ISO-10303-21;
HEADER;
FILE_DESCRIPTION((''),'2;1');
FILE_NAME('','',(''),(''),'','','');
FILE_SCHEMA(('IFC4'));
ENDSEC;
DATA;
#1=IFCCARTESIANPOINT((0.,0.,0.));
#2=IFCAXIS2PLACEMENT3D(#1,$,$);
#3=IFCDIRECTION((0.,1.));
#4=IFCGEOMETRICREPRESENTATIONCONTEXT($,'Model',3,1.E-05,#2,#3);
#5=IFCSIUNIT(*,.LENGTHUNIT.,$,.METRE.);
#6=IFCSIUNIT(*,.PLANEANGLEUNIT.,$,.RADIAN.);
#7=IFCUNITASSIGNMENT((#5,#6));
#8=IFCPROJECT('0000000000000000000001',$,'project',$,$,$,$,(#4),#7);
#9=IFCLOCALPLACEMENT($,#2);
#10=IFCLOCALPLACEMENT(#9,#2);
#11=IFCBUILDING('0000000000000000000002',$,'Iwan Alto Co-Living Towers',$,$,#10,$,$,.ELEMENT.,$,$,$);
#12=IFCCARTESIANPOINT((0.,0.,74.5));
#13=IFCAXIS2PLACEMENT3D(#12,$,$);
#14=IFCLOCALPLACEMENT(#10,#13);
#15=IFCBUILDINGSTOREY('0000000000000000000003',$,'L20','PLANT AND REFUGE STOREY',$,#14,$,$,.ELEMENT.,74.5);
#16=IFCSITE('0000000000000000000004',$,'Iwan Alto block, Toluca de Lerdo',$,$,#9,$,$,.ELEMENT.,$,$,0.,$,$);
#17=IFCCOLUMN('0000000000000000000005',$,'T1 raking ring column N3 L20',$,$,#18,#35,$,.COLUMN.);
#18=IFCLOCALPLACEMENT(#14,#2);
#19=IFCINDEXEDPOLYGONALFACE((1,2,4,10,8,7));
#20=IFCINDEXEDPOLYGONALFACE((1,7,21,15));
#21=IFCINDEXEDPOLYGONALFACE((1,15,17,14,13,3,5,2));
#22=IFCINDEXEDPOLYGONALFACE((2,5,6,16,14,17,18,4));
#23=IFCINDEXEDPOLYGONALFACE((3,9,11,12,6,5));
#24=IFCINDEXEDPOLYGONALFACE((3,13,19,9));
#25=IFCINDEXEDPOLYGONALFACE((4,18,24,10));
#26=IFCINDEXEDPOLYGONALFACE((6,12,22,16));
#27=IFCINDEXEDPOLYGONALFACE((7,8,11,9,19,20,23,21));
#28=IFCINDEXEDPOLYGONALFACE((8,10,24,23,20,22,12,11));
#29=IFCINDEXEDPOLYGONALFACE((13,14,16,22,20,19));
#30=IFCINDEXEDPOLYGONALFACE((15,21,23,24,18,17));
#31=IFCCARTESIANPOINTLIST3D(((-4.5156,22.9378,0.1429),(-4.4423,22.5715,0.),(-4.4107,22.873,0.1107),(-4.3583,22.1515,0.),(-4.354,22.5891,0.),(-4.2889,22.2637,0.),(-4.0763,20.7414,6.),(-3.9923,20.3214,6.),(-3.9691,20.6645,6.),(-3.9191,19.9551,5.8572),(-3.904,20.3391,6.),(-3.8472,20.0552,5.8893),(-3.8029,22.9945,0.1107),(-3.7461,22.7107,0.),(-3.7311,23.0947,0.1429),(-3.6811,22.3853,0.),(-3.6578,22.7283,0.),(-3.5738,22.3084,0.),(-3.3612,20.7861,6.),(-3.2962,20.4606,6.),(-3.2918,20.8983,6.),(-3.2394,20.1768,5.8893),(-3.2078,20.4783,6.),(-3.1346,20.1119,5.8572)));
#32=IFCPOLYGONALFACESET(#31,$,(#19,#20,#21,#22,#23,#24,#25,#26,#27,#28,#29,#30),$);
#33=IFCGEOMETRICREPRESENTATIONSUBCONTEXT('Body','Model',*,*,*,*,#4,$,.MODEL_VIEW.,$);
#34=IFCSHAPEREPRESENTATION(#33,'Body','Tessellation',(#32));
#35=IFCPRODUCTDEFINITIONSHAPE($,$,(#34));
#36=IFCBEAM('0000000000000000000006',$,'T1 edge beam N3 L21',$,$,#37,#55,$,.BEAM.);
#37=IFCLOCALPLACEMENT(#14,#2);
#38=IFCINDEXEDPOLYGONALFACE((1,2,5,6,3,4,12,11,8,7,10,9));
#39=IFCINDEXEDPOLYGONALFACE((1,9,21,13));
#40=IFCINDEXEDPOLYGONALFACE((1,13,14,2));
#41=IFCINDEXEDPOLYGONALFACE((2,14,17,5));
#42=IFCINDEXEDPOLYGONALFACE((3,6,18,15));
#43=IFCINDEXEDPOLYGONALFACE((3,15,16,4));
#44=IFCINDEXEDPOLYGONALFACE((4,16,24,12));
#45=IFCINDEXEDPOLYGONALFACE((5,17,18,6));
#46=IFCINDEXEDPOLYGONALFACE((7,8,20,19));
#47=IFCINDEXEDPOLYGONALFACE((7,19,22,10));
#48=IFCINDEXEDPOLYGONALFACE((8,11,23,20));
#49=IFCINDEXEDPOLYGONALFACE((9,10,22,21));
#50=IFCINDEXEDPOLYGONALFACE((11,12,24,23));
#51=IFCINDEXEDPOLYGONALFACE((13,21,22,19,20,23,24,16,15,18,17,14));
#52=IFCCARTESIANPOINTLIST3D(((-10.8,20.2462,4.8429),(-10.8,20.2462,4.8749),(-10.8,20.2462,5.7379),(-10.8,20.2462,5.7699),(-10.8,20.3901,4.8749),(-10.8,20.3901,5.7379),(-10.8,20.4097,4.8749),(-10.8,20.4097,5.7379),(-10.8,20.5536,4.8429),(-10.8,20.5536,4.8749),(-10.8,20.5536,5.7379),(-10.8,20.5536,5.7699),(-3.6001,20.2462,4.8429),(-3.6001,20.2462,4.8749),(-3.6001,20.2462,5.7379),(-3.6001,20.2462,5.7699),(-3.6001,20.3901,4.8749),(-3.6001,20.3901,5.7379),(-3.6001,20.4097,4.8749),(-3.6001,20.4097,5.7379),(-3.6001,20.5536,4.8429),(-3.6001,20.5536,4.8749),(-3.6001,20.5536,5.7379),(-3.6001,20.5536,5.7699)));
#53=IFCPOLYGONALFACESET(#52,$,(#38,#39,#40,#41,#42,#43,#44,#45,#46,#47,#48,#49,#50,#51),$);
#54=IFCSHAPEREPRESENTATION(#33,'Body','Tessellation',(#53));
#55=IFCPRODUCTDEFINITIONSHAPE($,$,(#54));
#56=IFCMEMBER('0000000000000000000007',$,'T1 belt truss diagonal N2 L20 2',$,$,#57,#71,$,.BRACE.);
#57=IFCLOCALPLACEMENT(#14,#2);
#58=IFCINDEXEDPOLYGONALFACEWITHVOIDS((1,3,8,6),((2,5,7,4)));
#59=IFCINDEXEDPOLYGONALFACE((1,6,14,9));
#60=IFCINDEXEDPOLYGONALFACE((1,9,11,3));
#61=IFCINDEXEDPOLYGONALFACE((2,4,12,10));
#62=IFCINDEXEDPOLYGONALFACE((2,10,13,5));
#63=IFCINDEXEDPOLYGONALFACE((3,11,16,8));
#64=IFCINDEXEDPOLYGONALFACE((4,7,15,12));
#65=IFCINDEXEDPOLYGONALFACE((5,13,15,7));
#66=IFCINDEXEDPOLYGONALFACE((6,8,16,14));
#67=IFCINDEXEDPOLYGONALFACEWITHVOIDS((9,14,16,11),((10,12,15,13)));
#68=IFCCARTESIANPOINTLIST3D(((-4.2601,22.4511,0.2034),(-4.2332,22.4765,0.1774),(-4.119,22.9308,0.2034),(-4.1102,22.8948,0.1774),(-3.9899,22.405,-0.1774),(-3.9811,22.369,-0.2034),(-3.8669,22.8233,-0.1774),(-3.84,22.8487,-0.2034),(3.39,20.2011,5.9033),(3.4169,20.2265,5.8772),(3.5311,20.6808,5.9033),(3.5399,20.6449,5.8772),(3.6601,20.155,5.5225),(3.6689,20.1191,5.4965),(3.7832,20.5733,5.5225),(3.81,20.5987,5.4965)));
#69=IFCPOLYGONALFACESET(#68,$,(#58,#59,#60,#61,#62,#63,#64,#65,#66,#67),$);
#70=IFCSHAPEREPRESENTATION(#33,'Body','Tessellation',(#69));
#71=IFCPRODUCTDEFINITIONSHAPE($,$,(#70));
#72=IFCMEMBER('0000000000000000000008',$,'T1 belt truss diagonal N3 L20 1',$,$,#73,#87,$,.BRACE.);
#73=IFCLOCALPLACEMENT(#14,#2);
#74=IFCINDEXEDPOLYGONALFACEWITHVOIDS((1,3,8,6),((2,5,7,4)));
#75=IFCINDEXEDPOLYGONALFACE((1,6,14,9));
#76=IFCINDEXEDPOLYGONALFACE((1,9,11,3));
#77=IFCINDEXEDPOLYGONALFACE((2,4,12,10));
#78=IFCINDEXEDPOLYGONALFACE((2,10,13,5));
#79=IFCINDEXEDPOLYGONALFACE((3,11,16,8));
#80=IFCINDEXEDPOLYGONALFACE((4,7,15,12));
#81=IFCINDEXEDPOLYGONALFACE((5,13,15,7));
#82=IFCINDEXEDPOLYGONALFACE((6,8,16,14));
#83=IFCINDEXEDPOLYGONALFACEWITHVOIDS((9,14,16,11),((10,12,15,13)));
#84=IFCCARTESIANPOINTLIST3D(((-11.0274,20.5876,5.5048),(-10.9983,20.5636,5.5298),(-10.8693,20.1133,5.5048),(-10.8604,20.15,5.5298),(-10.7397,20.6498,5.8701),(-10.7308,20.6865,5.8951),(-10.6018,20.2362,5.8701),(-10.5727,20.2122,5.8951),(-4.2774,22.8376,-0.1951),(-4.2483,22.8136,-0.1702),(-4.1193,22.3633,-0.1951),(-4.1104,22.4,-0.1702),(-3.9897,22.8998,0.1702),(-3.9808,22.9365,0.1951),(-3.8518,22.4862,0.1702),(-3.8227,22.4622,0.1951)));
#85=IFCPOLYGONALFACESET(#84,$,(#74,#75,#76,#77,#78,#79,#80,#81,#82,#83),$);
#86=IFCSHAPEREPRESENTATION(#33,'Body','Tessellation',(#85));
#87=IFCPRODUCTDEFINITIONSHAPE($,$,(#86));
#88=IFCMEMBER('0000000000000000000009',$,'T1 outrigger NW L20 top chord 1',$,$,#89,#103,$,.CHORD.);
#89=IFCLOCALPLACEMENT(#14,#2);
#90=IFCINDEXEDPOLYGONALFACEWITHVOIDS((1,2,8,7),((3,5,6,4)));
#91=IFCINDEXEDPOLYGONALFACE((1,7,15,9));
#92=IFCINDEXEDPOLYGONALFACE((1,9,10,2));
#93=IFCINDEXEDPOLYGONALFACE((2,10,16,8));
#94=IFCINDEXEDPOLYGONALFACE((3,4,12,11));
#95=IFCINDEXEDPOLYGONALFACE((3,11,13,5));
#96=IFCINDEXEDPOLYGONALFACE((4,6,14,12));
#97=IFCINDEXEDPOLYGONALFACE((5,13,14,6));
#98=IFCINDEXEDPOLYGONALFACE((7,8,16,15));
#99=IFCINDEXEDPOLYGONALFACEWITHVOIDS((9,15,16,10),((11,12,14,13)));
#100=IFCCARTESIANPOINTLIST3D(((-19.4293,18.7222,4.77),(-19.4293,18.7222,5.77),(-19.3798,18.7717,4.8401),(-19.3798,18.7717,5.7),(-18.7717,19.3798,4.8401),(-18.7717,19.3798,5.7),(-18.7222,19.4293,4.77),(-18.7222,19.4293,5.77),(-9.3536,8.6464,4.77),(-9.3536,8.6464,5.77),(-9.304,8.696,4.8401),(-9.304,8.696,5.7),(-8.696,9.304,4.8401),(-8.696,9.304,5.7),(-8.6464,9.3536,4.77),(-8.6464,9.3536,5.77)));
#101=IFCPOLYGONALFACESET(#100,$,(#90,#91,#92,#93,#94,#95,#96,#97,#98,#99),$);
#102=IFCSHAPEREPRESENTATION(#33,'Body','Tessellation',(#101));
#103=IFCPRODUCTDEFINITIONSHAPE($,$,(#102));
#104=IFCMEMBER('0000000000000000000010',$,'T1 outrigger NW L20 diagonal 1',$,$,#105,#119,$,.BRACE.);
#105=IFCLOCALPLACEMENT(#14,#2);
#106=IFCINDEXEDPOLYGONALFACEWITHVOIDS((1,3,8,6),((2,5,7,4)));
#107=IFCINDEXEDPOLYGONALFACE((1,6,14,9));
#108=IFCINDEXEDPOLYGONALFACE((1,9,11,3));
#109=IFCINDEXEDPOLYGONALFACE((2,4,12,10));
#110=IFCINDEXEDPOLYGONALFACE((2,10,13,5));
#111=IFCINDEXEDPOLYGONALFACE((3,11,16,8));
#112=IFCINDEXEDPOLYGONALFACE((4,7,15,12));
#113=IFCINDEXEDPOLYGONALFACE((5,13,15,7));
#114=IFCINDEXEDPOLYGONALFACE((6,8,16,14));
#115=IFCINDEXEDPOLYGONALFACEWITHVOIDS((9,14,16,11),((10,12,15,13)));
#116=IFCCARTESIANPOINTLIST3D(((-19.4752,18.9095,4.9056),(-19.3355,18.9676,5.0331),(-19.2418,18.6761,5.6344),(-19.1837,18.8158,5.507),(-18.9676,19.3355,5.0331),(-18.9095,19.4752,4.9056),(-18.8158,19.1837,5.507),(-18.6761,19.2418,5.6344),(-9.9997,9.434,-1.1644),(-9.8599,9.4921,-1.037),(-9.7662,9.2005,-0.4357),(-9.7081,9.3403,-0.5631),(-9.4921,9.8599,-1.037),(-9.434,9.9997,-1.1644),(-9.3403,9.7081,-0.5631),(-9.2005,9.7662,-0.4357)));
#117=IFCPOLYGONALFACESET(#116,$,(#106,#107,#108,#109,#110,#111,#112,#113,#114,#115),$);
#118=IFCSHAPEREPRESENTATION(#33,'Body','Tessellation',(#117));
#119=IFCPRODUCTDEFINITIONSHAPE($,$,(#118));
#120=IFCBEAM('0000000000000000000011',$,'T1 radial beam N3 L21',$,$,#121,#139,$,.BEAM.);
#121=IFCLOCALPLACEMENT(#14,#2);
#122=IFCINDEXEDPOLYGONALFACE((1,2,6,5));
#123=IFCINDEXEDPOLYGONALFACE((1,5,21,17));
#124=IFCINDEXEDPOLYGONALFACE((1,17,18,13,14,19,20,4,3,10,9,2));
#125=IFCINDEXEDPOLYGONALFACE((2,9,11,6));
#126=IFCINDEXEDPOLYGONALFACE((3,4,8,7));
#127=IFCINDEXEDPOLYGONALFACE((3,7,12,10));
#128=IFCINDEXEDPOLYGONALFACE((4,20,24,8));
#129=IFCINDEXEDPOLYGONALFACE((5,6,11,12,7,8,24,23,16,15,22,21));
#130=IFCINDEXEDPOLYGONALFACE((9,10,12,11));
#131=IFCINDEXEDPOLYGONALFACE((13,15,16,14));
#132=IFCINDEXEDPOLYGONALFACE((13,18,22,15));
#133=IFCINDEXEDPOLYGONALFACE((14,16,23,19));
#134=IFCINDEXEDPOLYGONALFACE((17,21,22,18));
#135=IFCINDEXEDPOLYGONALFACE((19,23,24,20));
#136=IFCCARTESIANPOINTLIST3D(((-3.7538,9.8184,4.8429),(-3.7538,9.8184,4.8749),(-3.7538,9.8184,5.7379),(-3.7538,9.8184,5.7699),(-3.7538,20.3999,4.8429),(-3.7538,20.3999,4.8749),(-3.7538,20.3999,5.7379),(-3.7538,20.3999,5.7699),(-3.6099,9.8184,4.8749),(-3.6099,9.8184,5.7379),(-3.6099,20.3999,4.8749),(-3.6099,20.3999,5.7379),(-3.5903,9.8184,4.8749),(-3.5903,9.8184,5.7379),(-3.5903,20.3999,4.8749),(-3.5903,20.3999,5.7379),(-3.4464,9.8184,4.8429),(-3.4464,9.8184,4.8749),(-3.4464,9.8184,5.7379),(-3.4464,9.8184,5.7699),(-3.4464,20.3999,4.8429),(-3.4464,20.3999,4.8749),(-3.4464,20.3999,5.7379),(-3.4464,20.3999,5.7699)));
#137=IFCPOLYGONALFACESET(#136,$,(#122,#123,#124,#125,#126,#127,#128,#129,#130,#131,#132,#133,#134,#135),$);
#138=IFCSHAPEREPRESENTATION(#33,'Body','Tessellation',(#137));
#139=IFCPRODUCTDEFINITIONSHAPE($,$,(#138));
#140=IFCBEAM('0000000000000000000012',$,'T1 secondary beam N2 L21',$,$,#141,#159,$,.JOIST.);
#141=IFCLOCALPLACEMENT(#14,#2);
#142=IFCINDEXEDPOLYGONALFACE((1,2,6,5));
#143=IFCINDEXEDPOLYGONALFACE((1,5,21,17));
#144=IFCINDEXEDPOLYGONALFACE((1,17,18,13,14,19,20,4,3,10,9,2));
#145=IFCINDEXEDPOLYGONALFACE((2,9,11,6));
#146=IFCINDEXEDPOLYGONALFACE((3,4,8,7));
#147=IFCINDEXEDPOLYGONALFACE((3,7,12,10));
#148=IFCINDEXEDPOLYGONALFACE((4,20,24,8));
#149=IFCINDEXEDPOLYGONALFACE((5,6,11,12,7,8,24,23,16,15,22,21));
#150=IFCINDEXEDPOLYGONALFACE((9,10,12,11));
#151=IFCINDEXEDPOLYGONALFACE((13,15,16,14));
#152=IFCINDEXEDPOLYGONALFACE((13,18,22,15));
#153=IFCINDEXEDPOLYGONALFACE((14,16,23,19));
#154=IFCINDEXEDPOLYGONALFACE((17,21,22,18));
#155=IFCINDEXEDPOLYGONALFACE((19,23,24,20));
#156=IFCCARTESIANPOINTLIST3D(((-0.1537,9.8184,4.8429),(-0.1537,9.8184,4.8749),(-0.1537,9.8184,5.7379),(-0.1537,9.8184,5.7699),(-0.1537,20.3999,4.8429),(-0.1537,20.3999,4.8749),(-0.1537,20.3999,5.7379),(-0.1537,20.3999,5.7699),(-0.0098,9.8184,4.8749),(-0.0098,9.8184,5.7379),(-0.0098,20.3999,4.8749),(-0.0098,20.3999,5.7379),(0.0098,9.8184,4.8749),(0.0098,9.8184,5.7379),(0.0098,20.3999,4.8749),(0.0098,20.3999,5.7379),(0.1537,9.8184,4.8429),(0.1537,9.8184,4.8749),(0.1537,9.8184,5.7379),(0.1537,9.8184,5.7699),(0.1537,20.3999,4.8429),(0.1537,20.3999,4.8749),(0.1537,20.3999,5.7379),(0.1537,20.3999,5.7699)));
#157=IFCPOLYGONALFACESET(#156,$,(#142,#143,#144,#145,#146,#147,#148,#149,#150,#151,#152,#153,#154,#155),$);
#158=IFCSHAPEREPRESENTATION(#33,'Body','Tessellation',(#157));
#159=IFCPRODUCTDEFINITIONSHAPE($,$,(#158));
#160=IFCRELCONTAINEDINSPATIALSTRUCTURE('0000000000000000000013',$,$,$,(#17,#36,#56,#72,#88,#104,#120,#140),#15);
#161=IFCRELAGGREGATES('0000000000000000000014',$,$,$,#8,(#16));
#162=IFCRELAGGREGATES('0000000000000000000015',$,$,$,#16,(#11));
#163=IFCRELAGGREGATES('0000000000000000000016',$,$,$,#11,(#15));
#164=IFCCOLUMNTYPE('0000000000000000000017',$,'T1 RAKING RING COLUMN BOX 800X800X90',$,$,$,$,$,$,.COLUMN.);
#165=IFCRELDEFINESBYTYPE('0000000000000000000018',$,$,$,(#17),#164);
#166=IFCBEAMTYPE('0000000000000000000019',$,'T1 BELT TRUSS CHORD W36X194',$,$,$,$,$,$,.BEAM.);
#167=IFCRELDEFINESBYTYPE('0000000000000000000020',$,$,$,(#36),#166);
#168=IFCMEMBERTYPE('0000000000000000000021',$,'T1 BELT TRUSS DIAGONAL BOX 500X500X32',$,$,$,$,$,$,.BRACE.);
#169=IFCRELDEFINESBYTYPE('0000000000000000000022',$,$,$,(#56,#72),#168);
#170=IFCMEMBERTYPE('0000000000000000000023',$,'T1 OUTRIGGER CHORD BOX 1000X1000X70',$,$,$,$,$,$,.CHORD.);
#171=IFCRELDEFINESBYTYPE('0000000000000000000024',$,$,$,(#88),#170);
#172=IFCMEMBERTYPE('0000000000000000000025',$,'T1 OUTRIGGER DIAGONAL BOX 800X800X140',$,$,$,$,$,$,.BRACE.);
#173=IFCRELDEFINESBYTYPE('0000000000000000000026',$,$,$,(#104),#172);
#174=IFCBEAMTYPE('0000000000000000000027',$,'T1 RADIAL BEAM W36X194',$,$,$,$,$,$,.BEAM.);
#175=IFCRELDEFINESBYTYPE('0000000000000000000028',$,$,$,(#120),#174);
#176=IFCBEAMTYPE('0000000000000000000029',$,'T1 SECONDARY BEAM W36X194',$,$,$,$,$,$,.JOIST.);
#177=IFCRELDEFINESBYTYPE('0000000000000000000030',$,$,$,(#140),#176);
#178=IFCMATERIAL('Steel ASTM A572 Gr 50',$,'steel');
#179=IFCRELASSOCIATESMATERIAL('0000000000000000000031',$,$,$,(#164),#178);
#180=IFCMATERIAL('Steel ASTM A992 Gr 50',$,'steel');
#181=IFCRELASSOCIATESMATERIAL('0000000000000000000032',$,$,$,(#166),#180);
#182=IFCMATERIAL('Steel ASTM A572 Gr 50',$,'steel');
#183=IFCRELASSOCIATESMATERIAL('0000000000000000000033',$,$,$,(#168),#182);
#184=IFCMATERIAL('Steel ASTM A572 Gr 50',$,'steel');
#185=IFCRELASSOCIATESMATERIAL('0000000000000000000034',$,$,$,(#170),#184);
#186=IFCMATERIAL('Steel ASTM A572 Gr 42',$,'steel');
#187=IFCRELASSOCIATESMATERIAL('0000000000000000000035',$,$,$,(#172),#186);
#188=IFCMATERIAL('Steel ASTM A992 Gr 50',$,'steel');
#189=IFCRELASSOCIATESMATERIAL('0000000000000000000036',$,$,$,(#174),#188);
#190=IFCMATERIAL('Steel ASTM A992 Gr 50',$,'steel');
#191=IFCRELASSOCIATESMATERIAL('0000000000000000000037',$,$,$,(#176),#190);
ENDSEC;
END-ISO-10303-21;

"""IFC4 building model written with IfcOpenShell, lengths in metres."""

from ifc_helpers import new_model, si_unit, direction, frame, origin, origin_2d, place, context, subcontext, project, spatial, hollow_rectangle, i_section, extrude, clip, halfspace, material, material_profile, profile_set, type_object, element, save


model = new_model("IFC4")

# Units and contexts
model_context = context("Model", 3, precision=1e-05, world=origin(), true_north=direction((0.0, 1.0)))
body_context = subcontext(model_context, "Body", "Model", "MODEL_VIEW")
ifc_project = project(units=[si_unit("LENGTHUNIT", "METRE"), si_unit("PLANEANGLEUNIT", "RADIAN")], contexts=[model_context])

# Site, building, storey
site_placement = place(None, origin())
site = spatial("IfcSite", under=ifc_project, at=site_placement, Name="Iwan Alto block, Toluca de Lerdo", CompositionType="ELEMENT", RefElevation=0.0)
building_placement = place(site_placement, origin())
building = spatial("IfcBuilding", under=site, at=building_placement, Name="Iwan Alto Co-Living Towers", CompositionType="ELEMENT")
storey_placement = place(building_placement, frame((0.0, 0.0, 74.5)))
storey = spatial("IfcBuildingStorey", under=building, at=storey_placement, Name="L20", Description="PLANT AND REFUGE STOREY", CompositionType="ELEMENT", Elevation=74.5)

# Column
ifc_material_1 = material(Name="Steel ASTM A572 Gr 50", Category="steel")
ifc_material_profile_1 = material_profile(ifc_material_1, hollow_rectangle(XDim=0.8, YDim=0.8, WallThickness=0.0901, at=origin_2d()), Name="BOX 800X800X90")
ifc_profile_set_1 = profile_set([ifc_material_profile_1], Name="Steel ASTM A572 Gr 50")
column_type = type_object("IfcColumnType", Name="T1 RAKING RING COLUMN BOX 800X800X90", PredefinedType="COLUMN", material=ifc_profile_set_1)
column_placement = place(storey_placement, frame((-4.05, 22.6499, 0.0), z_axis=(0.070045, -0.350261, 0.934029), x_axis=(0.980585, 0.196096, 0.0)))
element("IfcColumn", 1, at=column_placement, inside=storey, type_object=column_type, Name="T1 raking ring column N3 L20", PredefinedType="COLUMN", context=body_context, shape_type="Clipping", body=[
    clip(clip(extrude(hollow_rectangle(XDim=0.8, YDim=0.8, WallThickness=0.0901, at=origin_2d()), origin(), (0.0, 0.0, 1.0), 6.4238), halfspace(frame((0.0, 0.0, 0.0), z_axis=(0.0, -0.357196, -0.934029), x_axis=(0.980585, -0.183159, 0.070045)), False)), halfspace(frame((0.0, 2.1431, 5.6042), z_axis=(0.0, 0.357196, 0.934029), x_axis=(0.980585, -0.183159, 0.070045)), False)),
])

# Beam
ifc_material_2 = material(Name="Steel ASTM A992 Gr 50", Category="steel")
ifc_material_profile_2 = material_profile(ifc_material_2, i_section(OverallWidth=0.3074, OverallDepth=0.927, WebThickness=0.0195, FlangeThickness=0.032, at=origin_2d()), Name="W36X194")
ifc_profile_set_2 = profile_set([ifc_material_profile_2], Name="Steel ASTM A992 Gr 50")
beam_type_1 = type_object("IfcBeamType", Name="T1 BELT TRUSS CHORD W36X194", PredefinedType="BEAM", material=ifc_profile_set_2)
beam_1_placement = place(storey_placement, frame((-3.6001, 20.3999, 5.3064), z_axis=(-1.0, 0.0, 0.0), x_axis=(0.0, -1.0, 0.0)))
element("IfcBeam", 2, at=beam_1_placement, inside=storey, type_object=beam_type_1, Name="T1 edge beam N3 L21", PredefinedType="BEAM", context=body_context, shape_type="SweptSolid", body=[
    extrude(i_section(OverallWidth=0.3074, OverallDepth=0.927, WebThickness=0.0195, FlangeThickness=0.032, at=origin_2d()), origin(), (0.0, 0.0, 1.0), 7.2),
])

# Members
ifc_material_3 = material(Name="Steel ASTM A572 Gr 50", Category="steel")
ifc_material_profile_3 = material_profile(ifc_material_3, hollow_rectangle(XDim=0.5, YDim=0.5, WallThickness=0.032, at=origin_2d()), Name="BOX 500X500X32")
ifc_profile_set_3 = profile_set([ifc_material_profile_3], Name="Steel ASTM A572 Gr 50")
member_type_1 = type_object("IfcMemberType", Name="T1 BELT TRUSS DIAGONAL BOX 500X500X32", PredefinedType="BRACE", material=ifc_profile_set_3)
member_1_placement = place(storey_placement, frame((-4.05, 22.6499, 0.0), z_axis=(0.780478, -0.229548, 0.581517), x_axis=(0.282161, 0.959367, 0.0)))
element("IfcMember", 3, at=member_1_placement, inside=storey, type_object=member_type_1, Name="T1 belt truss diagonal N2 L20 2", PredefinedType="BRACE", context=body_context, shape_type="SweptSolid", body=[
    extrude(hollow_rectangle(XDim=0.5, YDim=0.5, WallThickness=0.032, at=origin_2d()), origin(), (0.0, 0.0, 1.0), 9.8018),
])
member_2_placement = place(storey_placement, frame((-4.05, 22.6499, 0.0), z_axis=(-0.740398, -0.246799, 0.62522), x_axis=(0.316228, -0.948683, 0.0)))
element("IfcMember", 4, at=member_2_placement, inside=storey, type_object=member_type_1, Name="T1 belt truss diagonal N3 L20 1", PredefinedType="BRACE", context=body_context, shape_type="SweptSolid", body=[
    extrude(hollow_rectangle(XDim=0.5, YDim=0.5, WallThickness=0.032, at=origin_2d()), origin(), (0.0, 0.0, 1.0), 9.1167),
])
ifc_material_4 = material(Name="Steel ASTM A572 Gr 50", Category="steel")
ifc_material_profile_4 = material_profile(ifc_material_4, hollow_rectangle(XDim=1.0, YDim=1.0, WallThickness=0.0701, at=origin_2d()), Name="BOX 1000X1000X70")
ifc_profile_set_4 = profile_set([ifc_material_profile_4], Name="Steel ASTM A572 Gr 50")
member_type_2 = type_object("IfcMemberType", Name="T1 OUTRIGGER CHORD BOX 1000X1000X70", PredefinedType="CHORD", material=ifc_profile_set_4)
member_3_placement = place(storey_placement, frame((-9.0, 9.0, 5.27), z_axis=(-0.707107, 0.707107, 0.0), x_axis=(-0.707107, -0.707107, 0.0)))
element("IfcMember", 5, at=member_3_placement, inside=storey, type_object=member_type_2, Name="T1 outrigger NW L20 top chord 1", PredefinedType="CHORD", context=body_context, shape_type="SweptSolid", body=[
    extrude(hollow_rectangle(XDim=1.0, YDim=1.0, WallThickness=0.0701, at=origin_2d()), origin(), (0.0, 0.0, 1.0), 14.2493),
])
ifc_material_5 = material(Name="Steel ASTM A572 Gr 42", Category="steel")
ifc_material_profile_5 = material_profile(ifc_material_5, hollow_rectangle(XDim=0.8, YDim=0.8, WallThickness=0.1399, at=origin_2d()), Name="BOX 800X800X140")
ifc_profile_set_5 = profile_set([ifc_material_profile_5], Name="Steel ASTM A572 Gr 42")
member_type_3 = type_object("IfcMemberType", Name="T1 OUTRIGGER DIAGONAL BOX 800X800X140", PredefinedType="BRACE", material=ifc_profile_set_5)
member_4_placement = place(storey_placement, frame((-9.6001, 9.6001, -0.8), z_axis=(-0.644107, 0.644107, 0.412616), x_axis=(-0.707107, -0.707107, 0.0)))
element("IfcMember", 6, at=member_4_placement, inside=storey, type_object=member_type_3, Name="T1 outrigger NW L20 diagonal 1", PredefinedType="BRACE", context=body_context, shape_type="SweptSolid", body=[
    extrude(hollow_rectangle(XDim=0.8, YDim=0.8, WallThickness=0.1399, at=origin_2d()), origin(), (0.0, 0.0, 1.0), 14.7112),
])

# Beams
ifc_material_6 = material(Name="Steel ASTM A992 Gr 50", Category="steel")
ifc_material_profile_6 = material_profile(ifc_material_6, i_section(OverallWidth=0.3074, OverallDepth=0.927, WebThickness=0.0195, FlangeThickness=0.032, at=origin_2d()), Name="W36X194")
ifc_profile_set_6 = profile_set([ifc_material_profile_6], Name="Steel ASTM A992 Gr 50")
beam_type_2 = type_object("IfcBeamType", Name="T1 RADIAL BEAM W36X194", PredefinedType="BEAM", material=ifc_profile_set_6)
beam_2_placement = place(storey_placement, frame((-3.6001, 20.3999, 5.3064), z_axis=(0.0, -1.0, 0.0), x_axis=(1.0, 0.0, 0.0)))
element("IfcBeam", 7, at=beam_2_placement, inside=storey, type_object=beam_type_2, Name="T1 radial beam N3 L21", PredefinedType="BEAM", context=body_context, shape_type="SweptSolid", body=[
    extrude(i_section(OverallWidth=0.3074, OverallDepth=0.927, WebThickness=0.0195, FlangeThickness=0.032, at=origin_2d()), origin(), (0.0, 0.0, 1.0), 10.5815),
])
ifc_material_7 = material(Name="Steel ASTM A992 Gr 50", Category="steel")
ifc_material_profile_7 = material_profile(ifc_material_7, i_section(OverallWidth=0.3074, OverallDepth=0.927, WebThickness=0.0195, FlangeThickness=0.032, at=origin_2d()), Name="W36X194")
ifc_profile_set_7 = profile_set([ifc_material_profile_7], Name="Steel ASTM A992 Gr 50")
beam_type_3 = type_object("IfcBeamType", Name="T1 SECONDARY BEAM W36X194", PredefinedType="JOIST", material=ifc_profile_set_7)
for number, where, z_axis, x_axis, name in (
    (8, (0.0, 20.3999, 5.3064), (0.0, -1.0, 0.0), (1.0, 0.0, 0.0), "T1 secondary beam N2 L21"),
):
    element("IfcBeam", number, at=place(storey_placement, frame(where, z_axis=z_axis, x_axis=x_axis)), inside=storey, type_object=beam_type_3, Name=name, PredefinedType="JOIST", context=body_context, shape_type="SweptSolid", body=[
        extrude(i_section(OverallWidth=0.3074, OverallDepth=0.927, WebThickness=0.0195, FlangeThickness=0.032, at=origin_2d()), origin(), (0.0, 0.0, 1.0), 10.5815),
    ])

save(model, "model.ifc")
